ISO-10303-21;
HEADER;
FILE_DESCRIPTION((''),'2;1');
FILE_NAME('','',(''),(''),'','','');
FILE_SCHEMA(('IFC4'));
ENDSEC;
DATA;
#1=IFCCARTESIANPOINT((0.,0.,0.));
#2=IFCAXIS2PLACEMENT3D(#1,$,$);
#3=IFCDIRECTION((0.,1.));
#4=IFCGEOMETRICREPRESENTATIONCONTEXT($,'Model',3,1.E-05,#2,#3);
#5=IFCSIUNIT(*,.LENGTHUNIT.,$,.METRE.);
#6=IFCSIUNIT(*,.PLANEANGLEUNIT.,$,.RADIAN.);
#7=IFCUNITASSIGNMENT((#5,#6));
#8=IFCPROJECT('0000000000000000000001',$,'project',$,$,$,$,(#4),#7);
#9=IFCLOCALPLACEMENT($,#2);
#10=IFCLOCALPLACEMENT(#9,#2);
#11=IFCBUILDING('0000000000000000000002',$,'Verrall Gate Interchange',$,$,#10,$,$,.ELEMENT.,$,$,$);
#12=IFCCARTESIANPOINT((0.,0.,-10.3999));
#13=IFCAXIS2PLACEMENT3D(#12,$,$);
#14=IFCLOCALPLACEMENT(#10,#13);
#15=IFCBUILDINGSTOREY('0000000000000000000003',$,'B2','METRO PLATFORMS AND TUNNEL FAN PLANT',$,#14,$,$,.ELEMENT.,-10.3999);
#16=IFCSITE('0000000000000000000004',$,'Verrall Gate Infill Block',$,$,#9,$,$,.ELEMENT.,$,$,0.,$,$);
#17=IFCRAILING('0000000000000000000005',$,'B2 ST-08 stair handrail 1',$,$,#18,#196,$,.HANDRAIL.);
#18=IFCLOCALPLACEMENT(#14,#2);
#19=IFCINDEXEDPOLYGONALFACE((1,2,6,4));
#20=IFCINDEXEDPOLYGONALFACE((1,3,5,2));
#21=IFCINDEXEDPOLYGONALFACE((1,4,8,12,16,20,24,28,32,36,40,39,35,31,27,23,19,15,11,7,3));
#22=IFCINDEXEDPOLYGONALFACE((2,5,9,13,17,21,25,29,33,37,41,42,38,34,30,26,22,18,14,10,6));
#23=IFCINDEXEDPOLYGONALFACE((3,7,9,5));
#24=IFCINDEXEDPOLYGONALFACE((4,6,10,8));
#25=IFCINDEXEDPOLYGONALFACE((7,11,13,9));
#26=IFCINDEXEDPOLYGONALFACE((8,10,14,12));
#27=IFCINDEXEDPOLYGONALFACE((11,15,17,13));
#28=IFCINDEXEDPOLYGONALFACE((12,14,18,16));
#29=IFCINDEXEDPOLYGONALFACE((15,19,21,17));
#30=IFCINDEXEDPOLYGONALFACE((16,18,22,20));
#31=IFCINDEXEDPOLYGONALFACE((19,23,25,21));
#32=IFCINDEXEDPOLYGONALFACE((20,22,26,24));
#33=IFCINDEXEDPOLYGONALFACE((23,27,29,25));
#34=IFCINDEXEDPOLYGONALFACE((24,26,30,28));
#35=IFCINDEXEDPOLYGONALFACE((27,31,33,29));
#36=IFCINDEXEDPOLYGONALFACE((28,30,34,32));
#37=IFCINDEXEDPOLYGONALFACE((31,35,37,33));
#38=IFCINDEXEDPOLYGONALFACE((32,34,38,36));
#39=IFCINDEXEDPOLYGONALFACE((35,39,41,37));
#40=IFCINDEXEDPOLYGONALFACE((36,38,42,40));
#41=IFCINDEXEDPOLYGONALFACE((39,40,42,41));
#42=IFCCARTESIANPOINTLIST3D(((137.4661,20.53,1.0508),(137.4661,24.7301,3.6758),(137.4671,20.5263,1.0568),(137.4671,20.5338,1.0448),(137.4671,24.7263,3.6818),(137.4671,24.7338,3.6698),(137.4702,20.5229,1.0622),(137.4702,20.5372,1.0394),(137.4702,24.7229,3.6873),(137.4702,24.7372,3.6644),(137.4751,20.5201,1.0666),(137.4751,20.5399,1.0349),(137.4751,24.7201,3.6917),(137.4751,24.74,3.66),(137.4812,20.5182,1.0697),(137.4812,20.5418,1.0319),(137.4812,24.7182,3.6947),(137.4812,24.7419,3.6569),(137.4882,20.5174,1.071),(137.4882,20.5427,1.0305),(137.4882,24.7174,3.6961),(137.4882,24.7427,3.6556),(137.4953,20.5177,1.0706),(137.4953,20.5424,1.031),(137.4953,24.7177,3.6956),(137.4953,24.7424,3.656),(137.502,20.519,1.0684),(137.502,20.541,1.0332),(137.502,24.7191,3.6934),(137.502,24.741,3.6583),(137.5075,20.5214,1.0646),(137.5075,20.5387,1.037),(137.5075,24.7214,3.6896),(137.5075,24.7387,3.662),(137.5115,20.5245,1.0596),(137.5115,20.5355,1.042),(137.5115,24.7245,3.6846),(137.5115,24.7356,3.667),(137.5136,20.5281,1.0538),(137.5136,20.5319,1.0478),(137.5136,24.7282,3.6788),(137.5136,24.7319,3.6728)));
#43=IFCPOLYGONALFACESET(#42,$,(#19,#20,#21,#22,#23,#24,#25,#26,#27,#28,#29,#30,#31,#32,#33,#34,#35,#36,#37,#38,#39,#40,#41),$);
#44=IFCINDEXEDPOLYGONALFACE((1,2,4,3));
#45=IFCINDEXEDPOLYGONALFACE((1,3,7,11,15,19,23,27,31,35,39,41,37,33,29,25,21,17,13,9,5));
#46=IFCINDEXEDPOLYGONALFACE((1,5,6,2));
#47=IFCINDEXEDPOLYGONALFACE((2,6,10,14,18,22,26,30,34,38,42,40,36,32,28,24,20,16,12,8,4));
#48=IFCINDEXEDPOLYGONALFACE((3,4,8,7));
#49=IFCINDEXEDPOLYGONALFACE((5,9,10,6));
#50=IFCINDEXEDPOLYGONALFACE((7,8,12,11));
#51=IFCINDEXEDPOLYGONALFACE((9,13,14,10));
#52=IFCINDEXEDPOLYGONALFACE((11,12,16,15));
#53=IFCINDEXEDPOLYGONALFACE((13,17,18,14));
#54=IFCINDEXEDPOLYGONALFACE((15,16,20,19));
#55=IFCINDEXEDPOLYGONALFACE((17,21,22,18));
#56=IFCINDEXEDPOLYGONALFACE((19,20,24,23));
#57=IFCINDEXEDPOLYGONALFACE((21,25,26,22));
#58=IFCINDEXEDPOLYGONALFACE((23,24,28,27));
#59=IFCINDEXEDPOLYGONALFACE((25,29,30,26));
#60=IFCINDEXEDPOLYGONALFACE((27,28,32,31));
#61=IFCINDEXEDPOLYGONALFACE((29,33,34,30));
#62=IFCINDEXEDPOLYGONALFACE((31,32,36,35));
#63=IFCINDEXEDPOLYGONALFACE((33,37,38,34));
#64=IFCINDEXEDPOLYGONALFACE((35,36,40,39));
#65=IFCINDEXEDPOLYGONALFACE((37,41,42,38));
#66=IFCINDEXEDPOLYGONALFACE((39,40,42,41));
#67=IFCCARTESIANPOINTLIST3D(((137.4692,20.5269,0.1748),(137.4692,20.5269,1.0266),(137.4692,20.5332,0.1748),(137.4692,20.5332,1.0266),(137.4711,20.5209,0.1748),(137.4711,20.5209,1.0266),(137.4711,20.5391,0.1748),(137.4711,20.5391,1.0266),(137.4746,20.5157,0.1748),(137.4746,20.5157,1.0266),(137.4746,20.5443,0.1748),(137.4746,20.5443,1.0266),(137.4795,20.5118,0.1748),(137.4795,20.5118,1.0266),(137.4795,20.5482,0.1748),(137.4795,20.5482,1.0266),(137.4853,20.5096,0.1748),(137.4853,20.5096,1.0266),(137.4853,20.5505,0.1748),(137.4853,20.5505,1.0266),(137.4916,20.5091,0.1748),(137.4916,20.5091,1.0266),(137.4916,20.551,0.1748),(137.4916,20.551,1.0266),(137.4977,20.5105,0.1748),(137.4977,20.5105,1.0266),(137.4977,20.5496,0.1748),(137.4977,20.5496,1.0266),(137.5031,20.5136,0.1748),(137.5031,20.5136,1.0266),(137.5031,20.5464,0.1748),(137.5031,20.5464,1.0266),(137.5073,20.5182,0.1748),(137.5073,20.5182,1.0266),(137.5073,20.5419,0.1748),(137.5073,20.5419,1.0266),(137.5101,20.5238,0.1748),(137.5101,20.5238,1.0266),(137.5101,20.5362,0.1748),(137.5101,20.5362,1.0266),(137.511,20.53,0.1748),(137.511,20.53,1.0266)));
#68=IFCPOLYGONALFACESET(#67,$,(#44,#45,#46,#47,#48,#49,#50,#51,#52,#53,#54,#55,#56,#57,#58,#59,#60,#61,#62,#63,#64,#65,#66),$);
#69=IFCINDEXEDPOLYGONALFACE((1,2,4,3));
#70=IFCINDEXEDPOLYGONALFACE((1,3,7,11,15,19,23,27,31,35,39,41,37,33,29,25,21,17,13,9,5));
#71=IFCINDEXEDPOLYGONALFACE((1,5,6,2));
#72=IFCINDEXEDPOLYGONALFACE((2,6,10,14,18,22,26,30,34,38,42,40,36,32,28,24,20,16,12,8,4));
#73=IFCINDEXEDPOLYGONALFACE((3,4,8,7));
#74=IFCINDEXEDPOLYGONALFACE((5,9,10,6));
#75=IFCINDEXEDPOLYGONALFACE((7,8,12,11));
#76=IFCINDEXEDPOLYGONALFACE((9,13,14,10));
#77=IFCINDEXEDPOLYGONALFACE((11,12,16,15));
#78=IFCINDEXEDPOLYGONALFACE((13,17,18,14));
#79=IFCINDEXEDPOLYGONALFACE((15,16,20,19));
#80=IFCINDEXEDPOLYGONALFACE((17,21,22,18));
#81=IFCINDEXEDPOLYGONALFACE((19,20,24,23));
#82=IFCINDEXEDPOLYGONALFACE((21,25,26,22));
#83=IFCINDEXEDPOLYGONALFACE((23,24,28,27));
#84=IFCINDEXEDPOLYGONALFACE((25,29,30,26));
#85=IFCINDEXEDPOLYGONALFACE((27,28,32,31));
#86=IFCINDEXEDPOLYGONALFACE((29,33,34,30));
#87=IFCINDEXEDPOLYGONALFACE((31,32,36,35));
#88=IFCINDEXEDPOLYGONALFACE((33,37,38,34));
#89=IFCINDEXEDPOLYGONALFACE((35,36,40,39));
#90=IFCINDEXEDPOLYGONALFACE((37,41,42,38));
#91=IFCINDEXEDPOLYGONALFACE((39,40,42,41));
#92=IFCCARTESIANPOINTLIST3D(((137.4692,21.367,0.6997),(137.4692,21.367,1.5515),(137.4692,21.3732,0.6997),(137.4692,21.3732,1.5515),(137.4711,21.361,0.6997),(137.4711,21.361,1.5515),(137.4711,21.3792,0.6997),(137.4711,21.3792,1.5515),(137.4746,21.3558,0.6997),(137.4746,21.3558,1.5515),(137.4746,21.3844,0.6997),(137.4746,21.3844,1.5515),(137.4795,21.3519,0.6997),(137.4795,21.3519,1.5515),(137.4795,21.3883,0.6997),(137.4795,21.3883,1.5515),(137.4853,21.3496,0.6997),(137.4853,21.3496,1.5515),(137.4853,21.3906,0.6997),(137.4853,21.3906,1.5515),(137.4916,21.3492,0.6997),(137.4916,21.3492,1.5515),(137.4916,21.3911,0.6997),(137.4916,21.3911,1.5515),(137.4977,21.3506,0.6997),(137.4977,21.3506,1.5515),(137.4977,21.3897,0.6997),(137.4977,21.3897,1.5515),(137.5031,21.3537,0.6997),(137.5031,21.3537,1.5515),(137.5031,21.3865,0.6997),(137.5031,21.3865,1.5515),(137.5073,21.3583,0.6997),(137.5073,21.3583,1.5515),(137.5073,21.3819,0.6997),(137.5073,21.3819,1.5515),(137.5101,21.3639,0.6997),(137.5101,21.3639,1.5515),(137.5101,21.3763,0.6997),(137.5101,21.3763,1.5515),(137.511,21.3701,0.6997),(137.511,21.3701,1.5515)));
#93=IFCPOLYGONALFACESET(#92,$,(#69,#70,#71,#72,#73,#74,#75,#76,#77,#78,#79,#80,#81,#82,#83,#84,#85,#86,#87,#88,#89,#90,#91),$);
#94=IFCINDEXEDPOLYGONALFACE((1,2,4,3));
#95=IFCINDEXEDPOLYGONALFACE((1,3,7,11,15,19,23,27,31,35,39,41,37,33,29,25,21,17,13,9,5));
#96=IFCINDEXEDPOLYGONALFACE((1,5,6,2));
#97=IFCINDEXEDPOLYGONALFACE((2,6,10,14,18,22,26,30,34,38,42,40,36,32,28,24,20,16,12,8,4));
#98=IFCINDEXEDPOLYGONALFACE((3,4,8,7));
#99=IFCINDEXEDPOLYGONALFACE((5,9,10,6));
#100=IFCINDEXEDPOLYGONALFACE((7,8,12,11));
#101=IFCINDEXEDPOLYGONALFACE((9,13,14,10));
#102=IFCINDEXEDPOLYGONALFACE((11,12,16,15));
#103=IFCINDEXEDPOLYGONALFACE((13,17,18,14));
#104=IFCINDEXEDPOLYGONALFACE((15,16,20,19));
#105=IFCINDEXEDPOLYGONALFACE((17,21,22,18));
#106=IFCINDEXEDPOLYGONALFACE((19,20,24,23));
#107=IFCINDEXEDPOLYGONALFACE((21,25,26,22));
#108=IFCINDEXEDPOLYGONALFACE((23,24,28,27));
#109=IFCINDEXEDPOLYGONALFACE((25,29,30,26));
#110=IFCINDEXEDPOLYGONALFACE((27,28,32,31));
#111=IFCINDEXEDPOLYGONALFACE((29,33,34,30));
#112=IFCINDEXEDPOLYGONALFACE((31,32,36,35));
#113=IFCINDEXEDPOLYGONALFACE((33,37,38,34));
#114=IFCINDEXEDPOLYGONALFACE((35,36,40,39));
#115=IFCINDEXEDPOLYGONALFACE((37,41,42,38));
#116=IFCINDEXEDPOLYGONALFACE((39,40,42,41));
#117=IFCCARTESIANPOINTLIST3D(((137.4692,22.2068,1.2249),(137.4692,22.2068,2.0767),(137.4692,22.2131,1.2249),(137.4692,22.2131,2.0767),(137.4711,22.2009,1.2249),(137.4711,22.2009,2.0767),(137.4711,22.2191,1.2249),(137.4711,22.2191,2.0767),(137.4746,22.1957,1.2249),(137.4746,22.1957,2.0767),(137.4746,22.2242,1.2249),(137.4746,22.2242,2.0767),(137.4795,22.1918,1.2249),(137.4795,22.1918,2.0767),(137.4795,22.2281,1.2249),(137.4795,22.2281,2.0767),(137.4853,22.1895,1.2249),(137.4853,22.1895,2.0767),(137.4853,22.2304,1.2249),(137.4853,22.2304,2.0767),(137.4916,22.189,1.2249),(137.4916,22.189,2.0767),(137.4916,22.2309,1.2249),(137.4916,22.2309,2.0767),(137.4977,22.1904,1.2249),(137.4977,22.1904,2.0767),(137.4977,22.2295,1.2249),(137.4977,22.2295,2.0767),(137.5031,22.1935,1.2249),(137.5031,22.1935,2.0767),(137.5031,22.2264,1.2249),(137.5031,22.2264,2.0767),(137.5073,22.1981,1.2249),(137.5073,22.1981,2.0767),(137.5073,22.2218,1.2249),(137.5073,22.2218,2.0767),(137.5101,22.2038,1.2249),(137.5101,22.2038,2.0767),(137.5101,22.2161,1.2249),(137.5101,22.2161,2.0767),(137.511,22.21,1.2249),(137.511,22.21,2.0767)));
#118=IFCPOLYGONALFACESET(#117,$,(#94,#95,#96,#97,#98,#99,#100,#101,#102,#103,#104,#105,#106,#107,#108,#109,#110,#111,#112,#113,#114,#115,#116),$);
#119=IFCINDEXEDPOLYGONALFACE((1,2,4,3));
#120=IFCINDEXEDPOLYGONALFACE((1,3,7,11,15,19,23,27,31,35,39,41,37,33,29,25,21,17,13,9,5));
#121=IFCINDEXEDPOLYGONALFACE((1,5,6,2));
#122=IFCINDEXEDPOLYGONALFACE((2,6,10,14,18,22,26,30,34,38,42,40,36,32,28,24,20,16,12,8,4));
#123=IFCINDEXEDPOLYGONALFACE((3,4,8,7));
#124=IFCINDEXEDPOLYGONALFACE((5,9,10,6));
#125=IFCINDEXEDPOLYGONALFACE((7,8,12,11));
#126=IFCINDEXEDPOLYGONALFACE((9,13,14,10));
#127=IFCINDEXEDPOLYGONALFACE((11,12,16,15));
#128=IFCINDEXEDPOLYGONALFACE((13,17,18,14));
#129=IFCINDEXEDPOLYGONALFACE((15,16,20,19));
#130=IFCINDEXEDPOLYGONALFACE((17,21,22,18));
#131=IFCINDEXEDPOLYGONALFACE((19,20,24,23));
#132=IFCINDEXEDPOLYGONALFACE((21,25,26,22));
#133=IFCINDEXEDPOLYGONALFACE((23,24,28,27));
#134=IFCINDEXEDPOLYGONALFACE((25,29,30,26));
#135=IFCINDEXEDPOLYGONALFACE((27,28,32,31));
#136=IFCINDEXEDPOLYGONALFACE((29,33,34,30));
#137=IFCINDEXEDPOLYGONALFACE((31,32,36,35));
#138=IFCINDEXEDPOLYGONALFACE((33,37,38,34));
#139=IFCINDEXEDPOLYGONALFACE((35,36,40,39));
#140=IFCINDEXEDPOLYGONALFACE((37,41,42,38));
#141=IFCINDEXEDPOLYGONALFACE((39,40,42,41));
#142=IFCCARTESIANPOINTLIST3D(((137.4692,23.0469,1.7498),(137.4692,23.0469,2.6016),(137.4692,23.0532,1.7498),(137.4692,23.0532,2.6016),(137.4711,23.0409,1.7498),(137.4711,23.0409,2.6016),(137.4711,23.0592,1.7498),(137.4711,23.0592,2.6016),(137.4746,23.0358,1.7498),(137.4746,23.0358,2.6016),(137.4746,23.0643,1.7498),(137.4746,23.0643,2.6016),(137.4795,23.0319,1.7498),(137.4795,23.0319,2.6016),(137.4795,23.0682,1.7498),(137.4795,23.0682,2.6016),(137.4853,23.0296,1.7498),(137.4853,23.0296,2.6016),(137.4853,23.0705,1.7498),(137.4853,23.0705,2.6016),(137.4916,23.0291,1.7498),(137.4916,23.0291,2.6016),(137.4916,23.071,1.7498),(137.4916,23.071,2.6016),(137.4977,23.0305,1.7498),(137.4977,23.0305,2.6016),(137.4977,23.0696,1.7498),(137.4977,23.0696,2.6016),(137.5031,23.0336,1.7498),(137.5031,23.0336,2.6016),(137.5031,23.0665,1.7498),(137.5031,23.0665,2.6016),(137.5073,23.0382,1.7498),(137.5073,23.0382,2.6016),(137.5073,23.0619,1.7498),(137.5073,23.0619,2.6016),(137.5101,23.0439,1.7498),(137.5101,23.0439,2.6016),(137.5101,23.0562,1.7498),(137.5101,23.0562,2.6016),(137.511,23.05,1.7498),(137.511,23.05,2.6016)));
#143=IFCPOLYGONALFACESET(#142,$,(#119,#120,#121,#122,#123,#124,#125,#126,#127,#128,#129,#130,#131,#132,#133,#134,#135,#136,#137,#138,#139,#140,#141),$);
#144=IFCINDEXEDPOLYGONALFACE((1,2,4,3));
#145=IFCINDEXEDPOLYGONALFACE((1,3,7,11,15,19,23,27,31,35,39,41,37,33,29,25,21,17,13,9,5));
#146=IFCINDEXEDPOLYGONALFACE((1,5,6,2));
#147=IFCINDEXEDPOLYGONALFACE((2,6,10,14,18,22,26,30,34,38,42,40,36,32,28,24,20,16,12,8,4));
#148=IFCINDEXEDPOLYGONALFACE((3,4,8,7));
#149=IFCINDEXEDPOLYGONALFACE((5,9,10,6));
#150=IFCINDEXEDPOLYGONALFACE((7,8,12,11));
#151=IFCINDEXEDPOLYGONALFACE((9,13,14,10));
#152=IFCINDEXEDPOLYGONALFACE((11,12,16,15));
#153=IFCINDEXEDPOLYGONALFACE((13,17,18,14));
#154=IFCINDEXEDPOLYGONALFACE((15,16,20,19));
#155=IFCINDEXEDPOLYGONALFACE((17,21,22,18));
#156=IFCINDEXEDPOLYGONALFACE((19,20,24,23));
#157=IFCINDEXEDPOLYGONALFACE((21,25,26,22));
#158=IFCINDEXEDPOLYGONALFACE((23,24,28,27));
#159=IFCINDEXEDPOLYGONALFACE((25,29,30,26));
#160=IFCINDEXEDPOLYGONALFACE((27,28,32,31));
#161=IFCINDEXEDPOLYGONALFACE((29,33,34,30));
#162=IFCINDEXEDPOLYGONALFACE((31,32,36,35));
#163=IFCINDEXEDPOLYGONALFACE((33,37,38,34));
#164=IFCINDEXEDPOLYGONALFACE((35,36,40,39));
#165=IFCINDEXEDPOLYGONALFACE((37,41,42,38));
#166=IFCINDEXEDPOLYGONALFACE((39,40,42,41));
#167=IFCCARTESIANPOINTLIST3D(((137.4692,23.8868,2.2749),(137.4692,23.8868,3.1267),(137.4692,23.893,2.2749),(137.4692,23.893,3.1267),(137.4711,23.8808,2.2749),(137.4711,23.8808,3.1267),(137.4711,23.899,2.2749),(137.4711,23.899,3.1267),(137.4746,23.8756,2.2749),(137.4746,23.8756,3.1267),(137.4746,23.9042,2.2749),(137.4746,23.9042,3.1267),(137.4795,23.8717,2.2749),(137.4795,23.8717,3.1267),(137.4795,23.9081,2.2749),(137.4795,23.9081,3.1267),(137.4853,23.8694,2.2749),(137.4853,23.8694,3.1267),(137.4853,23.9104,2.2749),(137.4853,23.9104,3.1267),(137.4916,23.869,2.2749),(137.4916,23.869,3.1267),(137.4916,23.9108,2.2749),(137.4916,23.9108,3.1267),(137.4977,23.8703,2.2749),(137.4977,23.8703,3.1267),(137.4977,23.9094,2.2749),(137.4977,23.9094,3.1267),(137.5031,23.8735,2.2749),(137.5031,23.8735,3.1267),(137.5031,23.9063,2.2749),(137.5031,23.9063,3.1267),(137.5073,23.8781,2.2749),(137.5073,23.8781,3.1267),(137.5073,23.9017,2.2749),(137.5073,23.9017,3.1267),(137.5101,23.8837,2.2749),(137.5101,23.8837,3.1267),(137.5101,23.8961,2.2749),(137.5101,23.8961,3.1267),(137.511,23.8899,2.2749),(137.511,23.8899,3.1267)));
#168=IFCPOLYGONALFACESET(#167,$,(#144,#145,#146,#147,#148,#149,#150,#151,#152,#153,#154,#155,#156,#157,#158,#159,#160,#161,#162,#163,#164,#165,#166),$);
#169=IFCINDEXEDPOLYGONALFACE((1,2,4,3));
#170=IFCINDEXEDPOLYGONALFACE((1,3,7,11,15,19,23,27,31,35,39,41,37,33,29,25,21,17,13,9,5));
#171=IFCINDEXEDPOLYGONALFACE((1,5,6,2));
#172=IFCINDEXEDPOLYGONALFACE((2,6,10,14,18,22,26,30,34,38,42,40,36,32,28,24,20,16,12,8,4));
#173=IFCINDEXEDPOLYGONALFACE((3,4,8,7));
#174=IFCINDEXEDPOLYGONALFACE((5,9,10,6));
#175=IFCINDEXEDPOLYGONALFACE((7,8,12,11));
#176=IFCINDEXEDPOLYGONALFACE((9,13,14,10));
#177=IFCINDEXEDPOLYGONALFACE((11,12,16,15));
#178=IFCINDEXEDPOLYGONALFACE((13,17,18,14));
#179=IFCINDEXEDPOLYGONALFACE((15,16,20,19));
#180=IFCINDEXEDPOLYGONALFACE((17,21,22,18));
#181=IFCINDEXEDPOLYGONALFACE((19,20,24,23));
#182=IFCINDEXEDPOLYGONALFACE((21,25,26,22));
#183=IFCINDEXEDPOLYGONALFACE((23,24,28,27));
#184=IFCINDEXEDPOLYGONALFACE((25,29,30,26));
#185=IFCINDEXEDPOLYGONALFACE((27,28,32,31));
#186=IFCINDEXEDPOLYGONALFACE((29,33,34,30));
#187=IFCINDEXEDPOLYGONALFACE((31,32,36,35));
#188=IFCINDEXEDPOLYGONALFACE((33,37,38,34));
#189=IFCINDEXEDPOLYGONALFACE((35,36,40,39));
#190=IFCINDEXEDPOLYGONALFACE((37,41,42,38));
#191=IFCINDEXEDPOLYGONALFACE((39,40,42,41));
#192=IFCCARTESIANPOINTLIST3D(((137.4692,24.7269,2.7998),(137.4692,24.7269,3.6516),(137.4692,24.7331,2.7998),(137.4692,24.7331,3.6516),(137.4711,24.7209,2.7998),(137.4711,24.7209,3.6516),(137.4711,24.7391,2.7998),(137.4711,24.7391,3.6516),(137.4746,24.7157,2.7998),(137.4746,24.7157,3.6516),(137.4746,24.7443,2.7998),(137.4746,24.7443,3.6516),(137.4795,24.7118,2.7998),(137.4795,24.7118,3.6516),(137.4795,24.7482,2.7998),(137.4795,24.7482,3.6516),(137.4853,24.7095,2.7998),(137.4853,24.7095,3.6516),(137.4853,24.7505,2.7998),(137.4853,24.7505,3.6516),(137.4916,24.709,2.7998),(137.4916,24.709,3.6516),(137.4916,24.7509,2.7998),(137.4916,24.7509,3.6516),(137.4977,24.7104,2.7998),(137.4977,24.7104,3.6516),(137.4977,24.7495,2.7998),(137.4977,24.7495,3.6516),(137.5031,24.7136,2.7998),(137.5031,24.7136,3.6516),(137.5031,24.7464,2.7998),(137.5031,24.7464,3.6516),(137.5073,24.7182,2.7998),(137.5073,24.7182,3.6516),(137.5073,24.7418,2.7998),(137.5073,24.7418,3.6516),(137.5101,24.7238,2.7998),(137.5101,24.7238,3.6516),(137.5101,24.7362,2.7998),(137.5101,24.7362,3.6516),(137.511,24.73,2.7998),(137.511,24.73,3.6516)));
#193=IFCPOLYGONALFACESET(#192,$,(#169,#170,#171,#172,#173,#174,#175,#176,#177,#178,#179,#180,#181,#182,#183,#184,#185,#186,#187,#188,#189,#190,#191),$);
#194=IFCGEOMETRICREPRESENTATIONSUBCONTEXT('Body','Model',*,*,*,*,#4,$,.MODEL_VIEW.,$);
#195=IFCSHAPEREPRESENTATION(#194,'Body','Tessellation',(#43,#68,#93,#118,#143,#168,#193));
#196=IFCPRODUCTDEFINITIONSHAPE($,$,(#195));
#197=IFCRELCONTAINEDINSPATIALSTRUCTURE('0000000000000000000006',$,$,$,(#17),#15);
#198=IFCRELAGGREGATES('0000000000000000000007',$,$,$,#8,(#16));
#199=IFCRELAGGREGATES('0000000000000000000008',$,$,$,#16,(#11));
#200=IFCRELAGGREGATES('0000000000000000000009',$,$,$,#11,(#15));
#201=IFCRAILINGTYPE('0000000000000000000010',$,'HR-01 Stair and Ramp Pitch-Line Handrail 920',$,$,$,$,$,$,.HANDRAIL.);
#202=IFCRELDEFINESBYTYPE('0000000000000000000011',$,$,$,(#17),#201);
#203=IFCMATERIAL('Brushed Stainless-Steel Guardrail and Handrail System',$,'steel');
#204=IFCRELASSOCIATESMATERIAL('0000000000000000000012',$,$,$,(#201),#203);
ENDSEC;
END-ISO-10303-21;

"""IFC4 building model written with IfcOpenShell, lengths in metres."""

from ifc_helpers import new_model, si_unit, direction, frame, origin, origin_2d, place, context, subcontext, project, spatial, circle, extrude, material, type_object, element, save


model = new_model("IFC4")

# Units and contexts
model_context = context("Model", 3, precision=1e-05, world=origin(), true_north=direction((0.0, 1.0)))
body_context = subcontext(model_context, "Body", "Model", "MODEL_VIEW")
ifc_project = project(units=[si_unit("LENGTHUNIT", "METRE"), si_unit("PLANEANGLEUNIT", "RADIAN")], contexts=[model_context])

# Site, building, storey
site_placement = place(None, origin())
site = spatial("IfcSite", under=ifc_project, at=site_placement, Name="Verrall Gate Infill Block", CompositionType="ELEMENT", RefElevation=0.0)
building_placement = place(site_placement, origin())
building = spatial("IfcBuilding", under=site, at=building_placement, Name="Verrall Gate Interchange", CompositionType="ELEMENT")
storey_placement = place(building_placement, frame((0.0, 0.0, -10.3999)))
storey = spatial("IfcBuildingStorey", under=building, at=storey_placement, Name="B2", Description="METRO PLATFORMS AND TUNNEL FAN PLANT", CompositionType="ELEMENT", Elevation=-10.3999)

# Railing
ifc_material_1 = material(Name="Brushed Stainless-Steel Guardrail and Handrail System", Category="steel")
railing_type_1 = type_object("IfcRailingType", Name="HR-01 Stair and Ramp Pitch-Line Handrail 920", PredefinedType="HANDRAIL", material=ifc_material_1)
railing_1_placement = place(storey_placement, frame((137.49, 20.53, 0.1748)))
element("IfcRailing", 1, at=railing_1_placement, inside=storey, type_object=railing_type_1, Name="B2 ST-08 stair handrail 1", PredefinedType="HANDRAIL", context=body_context, shape_type="SweptSolid", body=[
    extrude(circle(Radius=0.0239, at=origin_2d()), frame((0.0, 0.0, 0.876), z_axis=(0.0, 0.847996, 0.530003), x_axis=(-1.0, 0.0, 0.0)), (0.0, 0.0, 1.0), 4.9529),
    extrude(circle(Radius=0.021, at=origin_2d()), origin(), (0.0, 0.0, 1.0), 0.8518),
    extrude(circle(Radius=0.021, at=origin_2d()), frame((0.0, 0.8401, 0.5249)), (0.0, 0.0, 1.0), 0.8518),
    extrude(circle(Radius=0.021, at=origin_2d()), frame((0.0, 1.6799, 1.05)), (0.0, 0.0, 1.0), 0.8518),
    extrude(circle(Radius=0.021, at=origin_2d()), frame((0.0, 2.52, 1.575)), (0.0, 0.0, 1.0), 0.8518),
    extrude(circle(Radius=0.021, at=origin_2d()), frame((0.0, 3.3599, 2.1001)), (0.0, 0.0, 1.0), 0.8518),
    extrude(circle(Radius=0.021, at=origin_2d()), frame((0.0, 4.2, 2.625)), (0.0, 0.0, 1.0), 0.8518),
])

save(model, "model.ifc")
